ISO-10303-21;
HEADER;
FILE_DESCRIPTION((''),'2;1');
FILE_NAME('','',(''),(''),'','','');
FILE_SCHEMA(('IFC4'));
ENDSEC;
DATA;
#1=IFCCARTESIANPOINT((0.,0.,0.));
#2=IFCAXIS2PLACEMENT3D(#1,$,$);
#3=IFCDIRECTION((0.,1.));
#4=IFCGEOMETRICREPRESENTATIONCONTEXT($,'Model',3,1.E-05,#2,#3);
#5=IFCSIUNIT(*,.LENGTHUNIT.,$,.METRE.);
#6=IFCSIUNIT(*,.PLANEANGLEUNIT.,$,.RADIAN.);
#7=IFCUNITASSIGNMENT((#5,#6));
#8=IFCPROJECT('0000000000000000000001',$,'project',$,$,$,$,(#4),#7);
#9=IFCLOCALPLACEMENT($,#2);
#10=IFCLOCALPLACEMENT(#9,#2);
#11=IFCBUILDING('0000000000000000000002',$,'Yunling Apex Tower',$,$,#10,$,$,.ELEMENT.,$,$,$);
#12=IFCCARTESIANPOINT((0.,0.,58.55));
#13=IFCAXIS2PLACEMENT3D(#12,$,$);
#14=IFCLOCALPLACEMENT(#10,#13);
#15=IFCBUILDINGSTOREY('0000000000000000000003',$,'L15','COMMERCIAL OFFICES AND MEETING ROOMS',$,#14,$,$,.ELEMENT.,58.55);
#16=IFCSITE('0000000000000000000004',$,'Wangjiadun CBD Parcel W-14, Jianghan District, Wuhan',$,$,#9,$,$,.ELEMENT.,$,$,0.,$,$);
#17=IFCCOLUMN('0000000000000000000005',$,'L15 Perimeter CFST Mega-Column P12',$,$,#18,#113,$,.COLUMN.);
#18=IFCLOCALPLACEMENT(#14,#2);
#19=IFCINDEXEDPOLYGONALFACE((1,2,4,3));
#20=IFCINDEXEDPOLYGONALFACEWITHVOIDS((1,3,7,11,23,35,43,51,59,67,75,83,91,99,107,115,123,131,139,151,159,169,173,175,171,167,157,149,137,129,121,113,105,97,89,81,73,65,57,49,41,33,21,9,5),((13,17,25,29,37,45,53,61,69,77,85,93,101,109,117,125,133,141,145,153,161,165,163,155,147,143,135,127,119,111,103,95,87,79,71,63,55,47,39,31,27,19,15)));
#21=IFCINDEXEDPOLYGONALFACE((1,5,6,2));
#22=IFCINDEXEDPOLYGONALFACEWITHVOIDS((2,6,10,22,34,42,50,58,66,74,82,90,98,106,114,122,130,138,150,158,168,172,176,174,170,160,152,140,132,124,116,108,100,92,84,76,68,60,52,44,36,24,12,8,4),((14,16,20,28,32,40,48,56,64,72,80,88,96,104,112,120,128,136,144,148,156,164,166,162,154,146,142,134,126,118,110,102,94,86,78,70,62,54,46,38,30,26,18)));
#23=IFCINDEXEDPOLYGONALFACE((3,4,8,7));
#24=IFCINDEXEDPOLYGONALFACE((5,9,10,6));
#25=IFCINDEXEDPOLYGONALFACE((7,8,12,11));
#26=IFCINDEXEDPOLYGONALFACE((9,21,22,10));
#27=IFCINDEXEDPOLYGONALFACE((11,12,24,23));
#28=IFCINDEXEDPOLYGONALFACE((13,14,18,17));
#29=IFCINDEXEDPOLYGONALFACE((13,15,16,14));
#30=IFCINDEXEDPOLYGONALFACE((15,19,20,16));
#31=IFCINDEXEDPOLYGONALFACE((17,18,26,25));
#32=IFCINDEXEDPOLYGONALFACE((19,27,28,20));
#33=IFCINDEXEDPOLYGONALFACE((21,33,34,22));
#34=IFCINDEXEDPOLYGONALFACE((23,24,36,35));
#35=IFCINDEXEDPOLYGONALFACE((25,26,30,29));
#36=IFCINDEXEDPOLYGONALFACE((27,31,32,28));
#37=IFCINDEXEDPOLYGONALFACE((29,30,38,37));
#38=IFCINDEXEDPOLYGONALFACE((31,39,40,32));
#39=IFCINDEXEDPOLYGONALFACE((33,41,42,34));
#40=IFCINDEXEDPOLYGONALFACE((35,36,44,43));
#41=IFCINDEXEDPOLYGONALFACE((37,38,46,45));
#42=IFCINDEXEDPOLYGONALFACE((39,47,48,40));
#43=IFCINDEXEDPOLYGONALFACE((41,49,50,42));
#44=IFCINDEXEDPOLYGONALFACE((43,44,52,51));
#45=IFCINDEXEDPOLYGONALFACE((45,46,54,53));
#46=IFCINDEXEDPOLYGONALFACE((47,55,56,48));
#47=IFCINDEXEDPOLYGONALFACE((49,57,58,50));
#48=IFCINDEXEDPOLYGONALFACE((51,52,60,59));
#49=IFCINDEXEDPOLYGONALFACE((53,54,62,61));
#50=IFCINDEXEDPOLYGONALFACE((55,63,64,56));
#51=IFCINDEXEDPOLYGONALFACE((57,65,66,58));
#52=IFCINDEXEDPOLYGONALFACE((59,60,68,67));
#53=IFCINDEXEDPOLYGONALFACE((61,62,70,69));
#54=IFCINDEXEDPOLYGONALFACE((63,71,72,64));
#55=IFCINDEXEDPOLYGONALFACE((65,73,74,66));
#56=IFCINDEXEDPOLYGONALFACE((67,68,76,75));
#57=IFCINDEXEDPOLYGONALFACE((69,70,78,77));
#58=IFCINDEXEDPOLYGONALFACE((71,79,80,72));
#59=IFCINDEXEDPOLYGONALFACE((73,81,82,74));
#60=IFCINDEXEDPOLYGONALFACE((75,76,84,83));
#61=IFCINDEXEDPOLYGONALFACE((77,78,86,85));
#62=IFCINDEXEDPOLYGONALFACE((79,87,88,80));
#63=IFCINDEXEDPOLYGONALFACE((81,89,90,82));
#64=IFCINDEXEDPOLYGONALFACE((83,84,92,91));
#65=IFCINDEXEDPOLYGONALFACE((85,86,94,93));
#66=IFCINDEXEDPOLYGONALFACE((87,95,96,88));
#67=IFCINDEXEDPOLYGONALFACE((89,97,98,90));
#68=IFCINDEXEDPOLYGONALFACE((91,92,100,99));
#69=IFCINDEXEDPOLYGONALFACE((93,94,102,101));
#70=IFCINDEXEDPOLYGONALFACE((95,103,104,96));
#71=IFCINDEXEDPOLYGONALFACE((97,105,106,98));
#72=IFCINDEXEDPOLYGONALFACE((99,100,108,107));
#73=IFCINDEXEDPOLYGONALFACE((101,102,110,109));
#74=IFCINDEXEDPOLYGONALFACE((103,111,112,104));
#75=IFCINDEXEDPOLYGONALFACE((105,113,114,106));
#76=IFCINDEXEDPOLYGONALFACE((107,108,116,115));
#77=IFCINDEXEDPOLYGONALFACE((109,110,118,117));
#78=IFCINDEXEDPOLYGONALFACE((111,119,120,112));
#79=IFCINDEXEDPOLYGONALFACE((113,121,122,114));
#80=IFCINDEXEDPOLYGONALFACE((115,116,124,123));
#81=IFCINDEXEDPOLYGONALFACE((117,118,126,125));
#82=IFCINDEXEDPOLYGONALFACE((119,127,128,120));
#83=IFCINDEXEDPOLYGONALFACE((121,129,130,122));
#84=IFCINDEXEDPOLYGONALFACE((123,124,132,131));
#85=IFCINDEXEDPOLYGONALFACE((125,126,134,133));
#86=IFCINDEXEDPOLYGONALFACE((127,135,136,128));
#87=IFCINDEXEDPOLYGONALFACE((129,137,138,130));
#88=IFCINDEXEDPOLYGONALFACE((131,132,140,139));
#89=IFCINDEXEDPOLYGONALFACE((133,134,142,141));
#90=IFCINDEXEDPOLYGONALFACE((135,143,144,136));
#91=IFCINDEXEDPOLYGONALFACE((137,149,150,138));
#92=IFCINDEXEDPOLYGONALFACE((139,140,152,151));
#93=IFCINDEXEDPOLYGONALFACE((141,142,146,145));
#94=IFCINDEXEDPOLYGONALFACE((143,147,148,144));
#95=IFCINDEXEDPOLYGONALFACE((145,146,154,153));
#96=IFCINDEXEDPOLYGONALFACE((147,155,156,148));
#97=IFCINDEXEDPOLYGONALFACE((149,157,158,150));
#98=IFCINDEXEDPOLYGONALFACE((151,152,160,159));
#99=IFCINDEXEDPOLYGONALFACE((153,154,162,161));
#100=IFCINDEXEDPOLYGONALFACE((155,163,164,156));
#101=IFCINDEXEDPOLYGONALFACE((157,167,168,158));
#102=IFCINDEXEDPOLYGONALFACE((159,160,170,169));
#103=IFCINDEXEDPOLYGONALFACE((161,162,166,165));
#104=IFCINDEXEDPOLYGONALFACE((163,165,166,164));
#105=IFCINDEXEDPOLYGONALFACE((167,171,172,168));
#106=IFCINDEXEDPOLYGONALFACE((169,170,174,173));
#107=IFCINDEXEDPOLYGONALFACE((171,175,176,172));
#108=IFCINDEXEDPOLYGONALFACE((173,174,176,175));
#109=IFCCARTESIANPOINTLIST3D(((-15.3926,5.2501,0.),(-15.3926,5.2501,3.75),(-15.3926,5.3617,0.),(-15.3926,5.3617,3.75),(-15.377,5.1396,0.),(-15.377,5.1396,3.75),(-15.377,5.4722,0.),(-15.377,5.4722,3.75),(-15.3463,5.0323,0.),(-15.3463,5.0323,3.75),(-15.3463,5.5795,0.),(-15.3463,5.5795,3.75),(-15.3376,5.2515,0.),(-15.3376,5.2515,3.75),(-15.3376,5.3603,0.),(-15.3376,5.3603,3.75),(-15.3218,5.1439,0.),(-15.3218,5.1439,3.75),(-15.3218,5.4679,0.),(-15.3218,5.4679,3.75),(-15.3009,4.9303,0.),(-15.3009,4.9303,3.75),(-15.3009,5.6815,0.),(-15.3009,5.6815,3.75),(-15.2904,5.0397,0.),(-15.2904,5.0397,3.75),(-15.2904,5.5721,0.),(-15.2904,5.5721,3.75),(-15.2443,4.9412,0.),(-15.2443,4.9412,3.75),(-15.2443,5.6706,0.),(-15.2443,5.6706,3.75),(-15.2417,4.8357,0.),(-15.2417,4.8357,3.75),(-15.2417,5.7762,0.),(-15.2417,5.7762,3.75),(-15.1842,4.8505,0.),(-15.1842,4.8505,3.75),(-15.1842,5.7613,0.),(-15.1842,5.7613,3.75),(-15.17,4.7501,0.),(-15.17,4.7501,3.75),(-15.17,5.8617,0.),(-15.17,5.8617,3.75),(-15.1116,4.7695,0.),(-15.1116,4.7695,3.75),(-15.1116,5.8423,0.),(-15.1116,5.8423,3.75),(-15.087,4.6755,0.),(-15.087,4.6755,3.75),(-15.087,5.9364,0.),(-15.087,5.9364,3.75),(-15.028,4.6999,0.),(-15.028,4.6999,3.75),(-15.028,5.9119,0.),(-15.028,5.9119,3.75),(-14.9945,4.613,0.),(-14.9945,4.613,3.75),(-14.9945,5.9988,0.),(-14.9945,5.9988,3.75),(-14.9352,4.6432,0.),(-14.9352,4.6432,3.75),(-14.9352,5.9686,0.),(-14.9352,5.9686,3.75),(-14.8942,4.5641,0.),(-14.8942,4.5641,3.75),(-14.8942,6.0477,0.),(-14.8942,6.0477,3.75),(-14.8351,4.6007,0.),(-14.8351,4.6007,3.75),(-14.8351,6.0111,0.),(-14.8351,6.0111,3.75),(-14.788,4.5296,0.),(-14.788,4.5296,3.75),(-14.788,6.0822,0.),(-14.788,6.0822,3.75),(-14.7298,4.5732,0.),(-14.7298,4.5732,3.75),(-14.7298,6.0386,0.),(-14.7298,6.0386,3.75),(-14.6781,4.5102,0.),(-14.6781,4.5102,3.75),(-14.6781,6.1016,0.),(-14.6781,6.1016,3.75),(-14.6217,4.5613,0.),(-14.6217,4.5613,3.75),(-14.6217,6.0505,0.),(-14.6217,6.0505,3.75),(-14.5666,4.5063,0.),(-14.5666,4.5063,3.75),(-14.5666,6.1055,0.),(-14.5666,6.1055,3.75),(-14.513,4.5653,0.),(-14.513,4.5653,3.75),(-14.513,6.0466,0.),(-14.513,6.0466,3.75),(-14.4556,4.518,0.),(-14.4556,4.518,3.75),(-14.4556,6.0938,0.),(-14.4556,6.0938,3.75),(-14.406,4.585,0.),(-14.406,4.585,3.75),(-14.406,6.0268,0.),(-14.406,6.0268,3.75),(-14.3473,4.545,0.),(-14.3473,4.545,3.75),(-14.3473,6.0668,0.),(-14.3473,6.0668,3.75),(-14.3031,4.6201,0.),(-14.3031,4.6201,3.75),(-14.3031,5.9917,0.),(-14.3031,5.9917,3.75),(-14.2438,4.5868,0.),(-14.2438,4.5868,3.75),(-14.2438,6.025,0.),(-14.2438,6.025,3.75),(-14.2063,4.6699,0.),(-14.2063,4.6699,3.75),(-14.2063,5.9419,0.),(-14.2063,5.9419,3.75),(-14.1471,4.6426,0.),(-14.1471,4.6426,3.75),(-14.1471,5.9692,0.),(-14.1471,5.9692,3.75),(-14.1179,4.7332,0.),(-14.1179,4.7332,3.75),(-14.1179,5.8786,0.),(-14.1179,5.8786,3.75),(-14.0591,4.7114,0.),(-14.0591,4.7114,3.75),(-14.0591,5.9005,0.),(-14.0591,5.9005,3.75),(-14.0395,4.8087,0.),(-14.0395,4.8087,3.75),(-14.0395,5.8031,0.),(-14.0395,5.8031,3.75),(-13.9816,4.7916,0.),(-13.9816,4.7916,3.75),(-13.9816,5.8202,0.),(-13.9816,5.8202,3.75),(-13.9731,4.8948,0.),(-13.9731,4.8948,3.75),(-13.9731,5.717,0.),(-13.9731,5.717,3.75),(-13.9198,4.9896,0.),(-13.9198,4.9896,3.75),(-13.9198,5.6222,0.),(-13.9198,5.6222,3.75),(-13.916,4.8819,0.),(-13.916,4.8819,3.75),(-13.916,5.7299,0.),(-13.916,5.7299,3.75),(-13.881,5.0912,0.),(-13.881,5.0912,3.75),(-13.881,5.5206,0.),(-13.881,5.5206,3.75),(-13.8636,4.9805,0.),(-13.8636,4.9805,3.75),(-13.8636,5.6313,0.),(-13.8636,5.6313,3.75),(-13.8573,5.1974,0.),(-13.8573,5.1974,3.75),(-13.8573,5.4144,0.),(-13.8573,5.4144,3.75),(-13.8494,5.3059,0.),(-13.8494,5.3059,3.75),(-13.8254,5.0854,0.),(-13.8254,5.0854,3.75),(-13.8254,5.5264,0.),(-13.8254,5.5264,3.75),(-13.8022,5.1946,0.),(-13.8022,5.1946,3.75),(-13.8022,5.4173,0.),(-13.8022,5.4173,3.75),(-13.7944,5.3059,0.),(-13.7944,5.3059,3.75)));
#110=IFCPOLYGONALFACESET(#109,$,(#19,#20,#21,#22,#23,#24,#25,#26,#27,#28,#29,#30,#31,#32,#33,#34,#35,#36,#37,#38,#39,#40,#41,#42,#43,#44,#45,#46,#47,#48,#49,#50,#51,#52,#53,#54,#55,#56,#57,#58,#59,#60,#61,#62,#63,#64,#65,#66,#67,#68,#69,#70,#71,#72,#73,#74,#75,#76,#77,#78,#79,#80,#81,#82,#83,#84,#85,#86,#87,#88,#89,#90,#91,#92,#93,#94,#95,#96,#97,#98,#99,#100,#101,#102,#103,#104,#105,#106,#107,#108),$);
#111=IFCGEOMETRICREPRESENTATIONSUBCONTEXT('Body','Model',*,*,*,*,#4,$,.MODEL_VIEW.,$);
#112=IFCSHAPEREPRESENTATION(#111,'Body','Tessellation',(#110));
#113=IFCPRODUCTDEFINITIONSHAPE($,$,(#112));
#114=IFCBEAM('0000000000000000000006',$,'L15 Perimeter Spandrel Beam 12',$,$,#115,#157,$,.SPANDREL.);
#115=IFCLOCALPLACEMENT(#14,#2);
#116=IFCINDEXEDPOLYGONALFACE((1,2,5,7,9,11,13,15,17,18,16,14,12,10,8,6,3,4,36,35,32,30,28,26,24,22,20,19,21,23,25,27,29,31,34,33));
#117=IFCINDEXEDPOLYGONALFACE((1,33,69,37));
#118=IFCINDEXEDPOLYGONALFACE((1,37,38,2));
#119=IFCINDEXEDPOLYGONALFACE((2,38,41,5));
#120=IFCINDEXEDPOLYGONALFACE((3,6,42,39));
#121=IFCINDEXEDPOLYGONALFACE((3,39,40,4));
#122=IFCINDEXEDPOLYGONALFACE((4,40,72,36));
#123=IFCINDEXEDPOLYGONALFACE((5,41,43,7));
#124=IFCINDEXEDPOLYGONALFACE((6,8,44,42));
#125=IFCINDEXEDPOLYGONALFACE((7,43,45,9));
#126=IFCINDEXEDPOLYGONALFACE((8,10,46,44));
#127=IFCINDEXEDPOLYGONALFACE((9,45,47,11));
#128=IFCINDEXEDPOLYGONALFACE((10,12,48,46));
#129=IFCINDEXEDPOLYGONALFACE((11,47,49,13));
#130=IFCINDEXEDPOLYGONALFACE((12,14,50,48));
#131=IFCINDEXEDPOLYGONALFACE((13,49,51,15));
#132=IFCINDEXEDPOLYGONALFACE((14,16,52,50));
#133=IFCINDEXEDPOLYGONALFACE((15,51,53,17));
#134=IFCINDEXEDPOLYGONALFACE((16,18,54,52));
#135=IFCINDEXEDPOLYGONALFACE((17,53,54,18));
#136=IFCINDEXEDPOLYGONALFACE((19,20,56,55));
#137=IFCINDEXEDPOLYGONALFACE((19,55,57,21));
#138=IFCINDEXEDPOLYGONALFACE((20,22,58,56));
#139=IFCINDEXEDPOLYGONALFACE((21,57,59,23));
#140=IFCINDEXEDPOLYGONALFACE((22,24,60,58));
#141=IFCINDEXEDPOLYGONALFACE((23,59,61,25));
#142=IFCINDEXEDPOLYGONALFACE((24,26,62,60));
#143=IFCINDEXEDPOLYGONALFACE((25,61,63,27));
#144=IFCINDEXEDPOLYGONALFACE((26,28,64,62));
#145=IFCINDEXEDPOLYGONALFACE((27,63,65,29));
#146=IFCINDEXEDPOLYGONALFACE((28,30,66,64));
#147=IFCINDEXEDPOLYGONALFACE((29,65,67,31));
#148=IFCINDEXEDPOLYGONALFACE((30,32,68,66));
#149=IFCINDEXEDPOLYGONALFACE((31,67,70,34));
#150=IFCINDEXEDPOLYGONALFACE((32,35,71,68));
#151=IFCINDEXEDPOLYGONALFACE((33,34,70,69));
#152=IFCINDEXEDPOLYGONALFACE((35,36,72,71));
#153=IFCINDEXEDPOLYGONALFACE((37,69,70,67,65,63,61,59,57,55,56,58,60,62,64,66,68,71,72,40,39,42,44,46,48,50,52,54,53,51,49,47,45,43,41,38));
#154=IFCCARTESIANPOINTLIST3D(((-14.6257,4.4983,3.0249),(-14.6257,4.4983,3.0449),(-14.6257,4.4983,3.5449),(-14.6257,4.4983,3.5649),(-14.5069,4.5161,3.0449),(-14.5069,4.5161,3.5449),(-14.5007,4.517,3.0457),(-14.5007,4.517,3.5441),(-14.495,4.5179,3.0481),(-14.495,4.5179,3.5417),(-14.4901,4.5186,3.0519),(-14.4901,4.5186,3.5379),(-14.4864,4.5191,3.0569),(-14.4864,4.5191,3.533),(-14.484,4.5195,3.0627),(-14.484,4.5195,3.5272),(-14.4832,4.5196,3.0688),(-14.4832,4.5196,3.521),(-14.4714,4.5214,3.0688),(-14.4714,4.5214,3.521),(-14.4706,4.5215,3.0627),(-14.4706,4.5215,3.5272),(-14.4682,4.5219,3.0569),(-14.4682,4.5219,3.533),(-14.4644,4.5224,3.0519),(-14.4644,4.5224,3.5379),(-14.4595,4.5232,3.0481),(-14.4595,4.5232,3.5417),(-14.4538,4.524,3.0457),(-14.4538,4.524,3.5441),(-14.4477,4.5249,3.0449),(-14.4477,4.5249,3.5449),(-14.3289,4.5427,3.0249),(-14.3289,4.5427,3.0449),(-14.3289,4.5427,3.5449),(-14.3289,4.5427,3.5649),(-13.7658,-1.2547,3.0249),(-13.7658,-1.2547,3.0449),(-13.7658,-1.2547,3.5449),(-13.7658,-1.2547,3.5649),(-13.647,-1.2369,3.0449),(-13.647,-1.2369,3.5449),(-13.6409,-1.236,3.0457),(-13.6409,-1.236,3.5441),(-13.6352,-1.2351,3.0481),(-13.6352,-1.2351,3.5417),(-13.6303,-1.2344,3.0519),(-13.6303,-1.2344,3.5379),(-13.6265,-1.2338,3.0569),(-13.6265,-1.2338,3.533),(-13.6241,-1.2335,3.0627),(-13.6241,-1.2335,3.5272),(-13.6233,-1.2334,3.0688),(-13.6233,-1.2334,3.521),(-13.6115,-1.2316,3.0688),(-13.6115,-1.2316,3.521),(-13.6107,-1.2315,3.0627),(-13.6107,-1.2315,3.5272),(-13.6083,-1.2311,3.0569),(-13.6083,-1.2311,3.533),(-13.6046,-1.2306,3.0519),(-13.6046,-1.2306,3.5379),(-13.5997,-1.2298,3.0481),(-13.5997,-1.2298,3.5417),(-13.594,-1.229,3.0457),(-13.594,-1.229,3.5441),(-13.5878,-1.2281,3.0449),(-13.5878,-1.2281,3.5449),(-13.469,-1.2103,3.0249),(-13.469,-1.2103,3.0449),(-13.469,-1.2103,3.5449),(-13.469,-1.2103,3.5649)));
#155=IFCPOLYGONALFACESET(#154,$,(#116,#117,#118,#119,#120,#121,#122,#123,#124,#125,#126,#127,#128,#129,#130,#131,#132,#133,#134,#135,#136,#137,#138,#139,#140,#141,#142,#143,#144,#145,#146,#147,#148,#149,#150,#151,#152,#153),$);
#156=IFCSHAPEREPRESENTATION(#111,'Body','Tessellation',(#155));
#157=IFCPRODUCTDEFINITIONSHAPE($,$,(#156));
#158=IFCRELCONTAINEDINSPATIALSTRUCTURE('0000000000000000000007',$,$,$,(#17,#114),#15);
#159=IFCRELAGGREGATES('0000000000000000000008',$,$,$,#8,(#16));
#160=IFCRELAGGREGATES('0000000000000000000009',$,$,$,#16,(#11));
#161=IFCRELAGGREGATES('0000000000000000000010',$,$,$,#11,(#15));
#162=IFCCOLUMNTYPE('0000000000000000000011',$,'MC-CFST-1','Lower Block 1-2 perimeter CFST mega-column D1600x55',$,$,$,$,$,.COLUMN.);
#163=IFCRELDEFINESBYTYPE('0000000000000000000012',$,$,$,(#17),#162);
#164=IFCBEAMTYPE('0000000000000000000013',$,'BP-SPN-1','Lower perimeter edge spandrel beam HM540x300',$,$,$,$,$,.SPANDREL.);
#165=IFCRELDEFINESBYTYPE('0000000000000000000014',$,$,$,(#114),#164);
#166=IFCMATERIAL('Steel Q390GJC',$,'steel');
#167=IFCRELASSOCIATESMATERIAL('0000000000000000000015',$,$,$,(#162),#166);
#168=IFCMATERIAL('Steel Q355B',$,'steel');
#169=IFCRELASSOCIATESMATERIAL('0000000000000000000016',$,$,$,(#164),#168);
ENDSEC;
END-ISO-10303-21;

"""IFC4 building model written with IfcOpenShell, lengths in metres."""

from ifc_helpers import new_model, si_unit, direction, frame, origin, origin_2d, place, context, subcontext, project, spatial, hollow_circle, i_section, extrude, source, transform, mapped, material, material_profile, profile_set, type_object, element, save


model = new_model("IFC4")

# Units and contexts
model_context = context("Model", 3, precision=1e-05, world=origin(), true_north=direction((0.0, 1.0)))
body_context = subcontext(model_context, "Body", "Model", "MODEL_VIEW")
ifc_project = project(units=[si_unit("LENGTHUNIT", "METRE"), si_unit("PLANEANGLEUNIT", "RADIAN")], contexts=[model_context])

# Site, building, storey
site_placement = place(None, origin())
site = spatial("IfcSite", under=ifc_project, at=site_placement, Name="Wangjiadun CBD Parcel W-14, Jianghan District, Wuhan", CompositionType="ELEMENT", RefElevation=0.0)
building_placement = place(site_placement, origin())
building = spatial("IfcBuilding", under=site, at=building_placement, Name="Yunling Apex Tower", CompositionType="ELEMENT")
storey_placement = place(building_placement, frame((0.0, 0.0, 58.55)))
storey = spatial("IfcBuildingStorey", under=building, at=storey_placement, Name="L15", Description="COMMERCIAL OFFICES AND MEETING ROOMS", CompositionType="ELEMENT", Elevation=58.55)

# Column
ifc_material_1 = material(Name="Steel Q390GJC", Category="steel")
ifc_material_profile_1 = material_profile(ifc_material_1, hollow_circle(Radius=0.8, WallThickness=0.0549, at=origin_2d()))
ifc_profile_set_1 = profile_set([ifc_material_profile_1], Name="Steel Q390GJC")
column_type = type_object("IfcColumnType", Name="MC-CFST-1", Description="Lower Block 1-2 perimeter CFST mega-column D1600x55", PredefinedType="COLUMN", material=ifc_profile_set_1)
shared_shape_1 = source(origin(), body_context, "Body", "SweptSolid", [
    extrude(hollow_circle(Radius=0.8, WallThickness=0.0549, at=origin_2d()), origin(), (0.0, 0.0, 1.0), 3.75),
])
column_placement = place(storey_placement, frame((-14.5945, 5.3059, 0.0), z_axis=(0.0, 0.0, 1.0), x_axis=(1.0, 0.0, 0.0)))
element("IfcColumn", 1, at=column_placement, inside=storey, type_object=column_type, Name="L15 Perimeter CFST Mega-Column P12", PredefinedType="COLUMN", context=body_context, shape_type="MappedRepresentation", body=[
    mapped(shared_shape_1, transform((0.0, 0.0, 0.0), scale=1.0)),
])

# Beam
ifc_material_2 = material(Name="Steel Q355B", Category="steel")
ifc_material_profile_2 = material_profile(ifc_material_2, i_section(OverallWidth=0.3, OverallDepth=0.54, WebThickness=0.012, FlangeThickness=0.02, FilletRadius=0.0239, at=origin_2d()))
ifc_profile_set_2 = profile_set([ifc_material_profile_2], Name="Steel Q355B")
beam_type_1 = type_object("IfcBeamType", Name="BP-SPN-1", Description="Lower perimeter edge spandrel beam HM540x300", PredefinedType="SPANDREL", material=ifc_profile_set_2)
shared_shape_2 = source(origin(), body_context, "Body", "SweptSolid", [
    extrude(i_section(OverallWidth=0.3, OverallDepth=0.54, WebThickness=0.012, FlangeThickness=0.02, FilletRadius=0.0239, at=origin_2d()), origin(), (0.0, 0.0, 1.0), 5.8169),
])
beam_1_placement = place(storey_placement, frame((-14.4773, 4.5205, 3.2949), z_axis=(0.147823, -0.989014, 0.0), x_axis=(0.989014, 0.147823, 0.0)))
element("IfcBeam", 2, at=beam_1_placement, inside=storey, type_object=beam_type_1, Name="L15 Perimeter Spandrel Beam 12", PredefinedType="SPANDREL", context=body_context, shape_type="MappedRepresentation", body=[
    mapped(shared_shape_2, transform((0.0, 0.0, 0.0), scale=1.0)),
])

save(model, "model.ifc")
